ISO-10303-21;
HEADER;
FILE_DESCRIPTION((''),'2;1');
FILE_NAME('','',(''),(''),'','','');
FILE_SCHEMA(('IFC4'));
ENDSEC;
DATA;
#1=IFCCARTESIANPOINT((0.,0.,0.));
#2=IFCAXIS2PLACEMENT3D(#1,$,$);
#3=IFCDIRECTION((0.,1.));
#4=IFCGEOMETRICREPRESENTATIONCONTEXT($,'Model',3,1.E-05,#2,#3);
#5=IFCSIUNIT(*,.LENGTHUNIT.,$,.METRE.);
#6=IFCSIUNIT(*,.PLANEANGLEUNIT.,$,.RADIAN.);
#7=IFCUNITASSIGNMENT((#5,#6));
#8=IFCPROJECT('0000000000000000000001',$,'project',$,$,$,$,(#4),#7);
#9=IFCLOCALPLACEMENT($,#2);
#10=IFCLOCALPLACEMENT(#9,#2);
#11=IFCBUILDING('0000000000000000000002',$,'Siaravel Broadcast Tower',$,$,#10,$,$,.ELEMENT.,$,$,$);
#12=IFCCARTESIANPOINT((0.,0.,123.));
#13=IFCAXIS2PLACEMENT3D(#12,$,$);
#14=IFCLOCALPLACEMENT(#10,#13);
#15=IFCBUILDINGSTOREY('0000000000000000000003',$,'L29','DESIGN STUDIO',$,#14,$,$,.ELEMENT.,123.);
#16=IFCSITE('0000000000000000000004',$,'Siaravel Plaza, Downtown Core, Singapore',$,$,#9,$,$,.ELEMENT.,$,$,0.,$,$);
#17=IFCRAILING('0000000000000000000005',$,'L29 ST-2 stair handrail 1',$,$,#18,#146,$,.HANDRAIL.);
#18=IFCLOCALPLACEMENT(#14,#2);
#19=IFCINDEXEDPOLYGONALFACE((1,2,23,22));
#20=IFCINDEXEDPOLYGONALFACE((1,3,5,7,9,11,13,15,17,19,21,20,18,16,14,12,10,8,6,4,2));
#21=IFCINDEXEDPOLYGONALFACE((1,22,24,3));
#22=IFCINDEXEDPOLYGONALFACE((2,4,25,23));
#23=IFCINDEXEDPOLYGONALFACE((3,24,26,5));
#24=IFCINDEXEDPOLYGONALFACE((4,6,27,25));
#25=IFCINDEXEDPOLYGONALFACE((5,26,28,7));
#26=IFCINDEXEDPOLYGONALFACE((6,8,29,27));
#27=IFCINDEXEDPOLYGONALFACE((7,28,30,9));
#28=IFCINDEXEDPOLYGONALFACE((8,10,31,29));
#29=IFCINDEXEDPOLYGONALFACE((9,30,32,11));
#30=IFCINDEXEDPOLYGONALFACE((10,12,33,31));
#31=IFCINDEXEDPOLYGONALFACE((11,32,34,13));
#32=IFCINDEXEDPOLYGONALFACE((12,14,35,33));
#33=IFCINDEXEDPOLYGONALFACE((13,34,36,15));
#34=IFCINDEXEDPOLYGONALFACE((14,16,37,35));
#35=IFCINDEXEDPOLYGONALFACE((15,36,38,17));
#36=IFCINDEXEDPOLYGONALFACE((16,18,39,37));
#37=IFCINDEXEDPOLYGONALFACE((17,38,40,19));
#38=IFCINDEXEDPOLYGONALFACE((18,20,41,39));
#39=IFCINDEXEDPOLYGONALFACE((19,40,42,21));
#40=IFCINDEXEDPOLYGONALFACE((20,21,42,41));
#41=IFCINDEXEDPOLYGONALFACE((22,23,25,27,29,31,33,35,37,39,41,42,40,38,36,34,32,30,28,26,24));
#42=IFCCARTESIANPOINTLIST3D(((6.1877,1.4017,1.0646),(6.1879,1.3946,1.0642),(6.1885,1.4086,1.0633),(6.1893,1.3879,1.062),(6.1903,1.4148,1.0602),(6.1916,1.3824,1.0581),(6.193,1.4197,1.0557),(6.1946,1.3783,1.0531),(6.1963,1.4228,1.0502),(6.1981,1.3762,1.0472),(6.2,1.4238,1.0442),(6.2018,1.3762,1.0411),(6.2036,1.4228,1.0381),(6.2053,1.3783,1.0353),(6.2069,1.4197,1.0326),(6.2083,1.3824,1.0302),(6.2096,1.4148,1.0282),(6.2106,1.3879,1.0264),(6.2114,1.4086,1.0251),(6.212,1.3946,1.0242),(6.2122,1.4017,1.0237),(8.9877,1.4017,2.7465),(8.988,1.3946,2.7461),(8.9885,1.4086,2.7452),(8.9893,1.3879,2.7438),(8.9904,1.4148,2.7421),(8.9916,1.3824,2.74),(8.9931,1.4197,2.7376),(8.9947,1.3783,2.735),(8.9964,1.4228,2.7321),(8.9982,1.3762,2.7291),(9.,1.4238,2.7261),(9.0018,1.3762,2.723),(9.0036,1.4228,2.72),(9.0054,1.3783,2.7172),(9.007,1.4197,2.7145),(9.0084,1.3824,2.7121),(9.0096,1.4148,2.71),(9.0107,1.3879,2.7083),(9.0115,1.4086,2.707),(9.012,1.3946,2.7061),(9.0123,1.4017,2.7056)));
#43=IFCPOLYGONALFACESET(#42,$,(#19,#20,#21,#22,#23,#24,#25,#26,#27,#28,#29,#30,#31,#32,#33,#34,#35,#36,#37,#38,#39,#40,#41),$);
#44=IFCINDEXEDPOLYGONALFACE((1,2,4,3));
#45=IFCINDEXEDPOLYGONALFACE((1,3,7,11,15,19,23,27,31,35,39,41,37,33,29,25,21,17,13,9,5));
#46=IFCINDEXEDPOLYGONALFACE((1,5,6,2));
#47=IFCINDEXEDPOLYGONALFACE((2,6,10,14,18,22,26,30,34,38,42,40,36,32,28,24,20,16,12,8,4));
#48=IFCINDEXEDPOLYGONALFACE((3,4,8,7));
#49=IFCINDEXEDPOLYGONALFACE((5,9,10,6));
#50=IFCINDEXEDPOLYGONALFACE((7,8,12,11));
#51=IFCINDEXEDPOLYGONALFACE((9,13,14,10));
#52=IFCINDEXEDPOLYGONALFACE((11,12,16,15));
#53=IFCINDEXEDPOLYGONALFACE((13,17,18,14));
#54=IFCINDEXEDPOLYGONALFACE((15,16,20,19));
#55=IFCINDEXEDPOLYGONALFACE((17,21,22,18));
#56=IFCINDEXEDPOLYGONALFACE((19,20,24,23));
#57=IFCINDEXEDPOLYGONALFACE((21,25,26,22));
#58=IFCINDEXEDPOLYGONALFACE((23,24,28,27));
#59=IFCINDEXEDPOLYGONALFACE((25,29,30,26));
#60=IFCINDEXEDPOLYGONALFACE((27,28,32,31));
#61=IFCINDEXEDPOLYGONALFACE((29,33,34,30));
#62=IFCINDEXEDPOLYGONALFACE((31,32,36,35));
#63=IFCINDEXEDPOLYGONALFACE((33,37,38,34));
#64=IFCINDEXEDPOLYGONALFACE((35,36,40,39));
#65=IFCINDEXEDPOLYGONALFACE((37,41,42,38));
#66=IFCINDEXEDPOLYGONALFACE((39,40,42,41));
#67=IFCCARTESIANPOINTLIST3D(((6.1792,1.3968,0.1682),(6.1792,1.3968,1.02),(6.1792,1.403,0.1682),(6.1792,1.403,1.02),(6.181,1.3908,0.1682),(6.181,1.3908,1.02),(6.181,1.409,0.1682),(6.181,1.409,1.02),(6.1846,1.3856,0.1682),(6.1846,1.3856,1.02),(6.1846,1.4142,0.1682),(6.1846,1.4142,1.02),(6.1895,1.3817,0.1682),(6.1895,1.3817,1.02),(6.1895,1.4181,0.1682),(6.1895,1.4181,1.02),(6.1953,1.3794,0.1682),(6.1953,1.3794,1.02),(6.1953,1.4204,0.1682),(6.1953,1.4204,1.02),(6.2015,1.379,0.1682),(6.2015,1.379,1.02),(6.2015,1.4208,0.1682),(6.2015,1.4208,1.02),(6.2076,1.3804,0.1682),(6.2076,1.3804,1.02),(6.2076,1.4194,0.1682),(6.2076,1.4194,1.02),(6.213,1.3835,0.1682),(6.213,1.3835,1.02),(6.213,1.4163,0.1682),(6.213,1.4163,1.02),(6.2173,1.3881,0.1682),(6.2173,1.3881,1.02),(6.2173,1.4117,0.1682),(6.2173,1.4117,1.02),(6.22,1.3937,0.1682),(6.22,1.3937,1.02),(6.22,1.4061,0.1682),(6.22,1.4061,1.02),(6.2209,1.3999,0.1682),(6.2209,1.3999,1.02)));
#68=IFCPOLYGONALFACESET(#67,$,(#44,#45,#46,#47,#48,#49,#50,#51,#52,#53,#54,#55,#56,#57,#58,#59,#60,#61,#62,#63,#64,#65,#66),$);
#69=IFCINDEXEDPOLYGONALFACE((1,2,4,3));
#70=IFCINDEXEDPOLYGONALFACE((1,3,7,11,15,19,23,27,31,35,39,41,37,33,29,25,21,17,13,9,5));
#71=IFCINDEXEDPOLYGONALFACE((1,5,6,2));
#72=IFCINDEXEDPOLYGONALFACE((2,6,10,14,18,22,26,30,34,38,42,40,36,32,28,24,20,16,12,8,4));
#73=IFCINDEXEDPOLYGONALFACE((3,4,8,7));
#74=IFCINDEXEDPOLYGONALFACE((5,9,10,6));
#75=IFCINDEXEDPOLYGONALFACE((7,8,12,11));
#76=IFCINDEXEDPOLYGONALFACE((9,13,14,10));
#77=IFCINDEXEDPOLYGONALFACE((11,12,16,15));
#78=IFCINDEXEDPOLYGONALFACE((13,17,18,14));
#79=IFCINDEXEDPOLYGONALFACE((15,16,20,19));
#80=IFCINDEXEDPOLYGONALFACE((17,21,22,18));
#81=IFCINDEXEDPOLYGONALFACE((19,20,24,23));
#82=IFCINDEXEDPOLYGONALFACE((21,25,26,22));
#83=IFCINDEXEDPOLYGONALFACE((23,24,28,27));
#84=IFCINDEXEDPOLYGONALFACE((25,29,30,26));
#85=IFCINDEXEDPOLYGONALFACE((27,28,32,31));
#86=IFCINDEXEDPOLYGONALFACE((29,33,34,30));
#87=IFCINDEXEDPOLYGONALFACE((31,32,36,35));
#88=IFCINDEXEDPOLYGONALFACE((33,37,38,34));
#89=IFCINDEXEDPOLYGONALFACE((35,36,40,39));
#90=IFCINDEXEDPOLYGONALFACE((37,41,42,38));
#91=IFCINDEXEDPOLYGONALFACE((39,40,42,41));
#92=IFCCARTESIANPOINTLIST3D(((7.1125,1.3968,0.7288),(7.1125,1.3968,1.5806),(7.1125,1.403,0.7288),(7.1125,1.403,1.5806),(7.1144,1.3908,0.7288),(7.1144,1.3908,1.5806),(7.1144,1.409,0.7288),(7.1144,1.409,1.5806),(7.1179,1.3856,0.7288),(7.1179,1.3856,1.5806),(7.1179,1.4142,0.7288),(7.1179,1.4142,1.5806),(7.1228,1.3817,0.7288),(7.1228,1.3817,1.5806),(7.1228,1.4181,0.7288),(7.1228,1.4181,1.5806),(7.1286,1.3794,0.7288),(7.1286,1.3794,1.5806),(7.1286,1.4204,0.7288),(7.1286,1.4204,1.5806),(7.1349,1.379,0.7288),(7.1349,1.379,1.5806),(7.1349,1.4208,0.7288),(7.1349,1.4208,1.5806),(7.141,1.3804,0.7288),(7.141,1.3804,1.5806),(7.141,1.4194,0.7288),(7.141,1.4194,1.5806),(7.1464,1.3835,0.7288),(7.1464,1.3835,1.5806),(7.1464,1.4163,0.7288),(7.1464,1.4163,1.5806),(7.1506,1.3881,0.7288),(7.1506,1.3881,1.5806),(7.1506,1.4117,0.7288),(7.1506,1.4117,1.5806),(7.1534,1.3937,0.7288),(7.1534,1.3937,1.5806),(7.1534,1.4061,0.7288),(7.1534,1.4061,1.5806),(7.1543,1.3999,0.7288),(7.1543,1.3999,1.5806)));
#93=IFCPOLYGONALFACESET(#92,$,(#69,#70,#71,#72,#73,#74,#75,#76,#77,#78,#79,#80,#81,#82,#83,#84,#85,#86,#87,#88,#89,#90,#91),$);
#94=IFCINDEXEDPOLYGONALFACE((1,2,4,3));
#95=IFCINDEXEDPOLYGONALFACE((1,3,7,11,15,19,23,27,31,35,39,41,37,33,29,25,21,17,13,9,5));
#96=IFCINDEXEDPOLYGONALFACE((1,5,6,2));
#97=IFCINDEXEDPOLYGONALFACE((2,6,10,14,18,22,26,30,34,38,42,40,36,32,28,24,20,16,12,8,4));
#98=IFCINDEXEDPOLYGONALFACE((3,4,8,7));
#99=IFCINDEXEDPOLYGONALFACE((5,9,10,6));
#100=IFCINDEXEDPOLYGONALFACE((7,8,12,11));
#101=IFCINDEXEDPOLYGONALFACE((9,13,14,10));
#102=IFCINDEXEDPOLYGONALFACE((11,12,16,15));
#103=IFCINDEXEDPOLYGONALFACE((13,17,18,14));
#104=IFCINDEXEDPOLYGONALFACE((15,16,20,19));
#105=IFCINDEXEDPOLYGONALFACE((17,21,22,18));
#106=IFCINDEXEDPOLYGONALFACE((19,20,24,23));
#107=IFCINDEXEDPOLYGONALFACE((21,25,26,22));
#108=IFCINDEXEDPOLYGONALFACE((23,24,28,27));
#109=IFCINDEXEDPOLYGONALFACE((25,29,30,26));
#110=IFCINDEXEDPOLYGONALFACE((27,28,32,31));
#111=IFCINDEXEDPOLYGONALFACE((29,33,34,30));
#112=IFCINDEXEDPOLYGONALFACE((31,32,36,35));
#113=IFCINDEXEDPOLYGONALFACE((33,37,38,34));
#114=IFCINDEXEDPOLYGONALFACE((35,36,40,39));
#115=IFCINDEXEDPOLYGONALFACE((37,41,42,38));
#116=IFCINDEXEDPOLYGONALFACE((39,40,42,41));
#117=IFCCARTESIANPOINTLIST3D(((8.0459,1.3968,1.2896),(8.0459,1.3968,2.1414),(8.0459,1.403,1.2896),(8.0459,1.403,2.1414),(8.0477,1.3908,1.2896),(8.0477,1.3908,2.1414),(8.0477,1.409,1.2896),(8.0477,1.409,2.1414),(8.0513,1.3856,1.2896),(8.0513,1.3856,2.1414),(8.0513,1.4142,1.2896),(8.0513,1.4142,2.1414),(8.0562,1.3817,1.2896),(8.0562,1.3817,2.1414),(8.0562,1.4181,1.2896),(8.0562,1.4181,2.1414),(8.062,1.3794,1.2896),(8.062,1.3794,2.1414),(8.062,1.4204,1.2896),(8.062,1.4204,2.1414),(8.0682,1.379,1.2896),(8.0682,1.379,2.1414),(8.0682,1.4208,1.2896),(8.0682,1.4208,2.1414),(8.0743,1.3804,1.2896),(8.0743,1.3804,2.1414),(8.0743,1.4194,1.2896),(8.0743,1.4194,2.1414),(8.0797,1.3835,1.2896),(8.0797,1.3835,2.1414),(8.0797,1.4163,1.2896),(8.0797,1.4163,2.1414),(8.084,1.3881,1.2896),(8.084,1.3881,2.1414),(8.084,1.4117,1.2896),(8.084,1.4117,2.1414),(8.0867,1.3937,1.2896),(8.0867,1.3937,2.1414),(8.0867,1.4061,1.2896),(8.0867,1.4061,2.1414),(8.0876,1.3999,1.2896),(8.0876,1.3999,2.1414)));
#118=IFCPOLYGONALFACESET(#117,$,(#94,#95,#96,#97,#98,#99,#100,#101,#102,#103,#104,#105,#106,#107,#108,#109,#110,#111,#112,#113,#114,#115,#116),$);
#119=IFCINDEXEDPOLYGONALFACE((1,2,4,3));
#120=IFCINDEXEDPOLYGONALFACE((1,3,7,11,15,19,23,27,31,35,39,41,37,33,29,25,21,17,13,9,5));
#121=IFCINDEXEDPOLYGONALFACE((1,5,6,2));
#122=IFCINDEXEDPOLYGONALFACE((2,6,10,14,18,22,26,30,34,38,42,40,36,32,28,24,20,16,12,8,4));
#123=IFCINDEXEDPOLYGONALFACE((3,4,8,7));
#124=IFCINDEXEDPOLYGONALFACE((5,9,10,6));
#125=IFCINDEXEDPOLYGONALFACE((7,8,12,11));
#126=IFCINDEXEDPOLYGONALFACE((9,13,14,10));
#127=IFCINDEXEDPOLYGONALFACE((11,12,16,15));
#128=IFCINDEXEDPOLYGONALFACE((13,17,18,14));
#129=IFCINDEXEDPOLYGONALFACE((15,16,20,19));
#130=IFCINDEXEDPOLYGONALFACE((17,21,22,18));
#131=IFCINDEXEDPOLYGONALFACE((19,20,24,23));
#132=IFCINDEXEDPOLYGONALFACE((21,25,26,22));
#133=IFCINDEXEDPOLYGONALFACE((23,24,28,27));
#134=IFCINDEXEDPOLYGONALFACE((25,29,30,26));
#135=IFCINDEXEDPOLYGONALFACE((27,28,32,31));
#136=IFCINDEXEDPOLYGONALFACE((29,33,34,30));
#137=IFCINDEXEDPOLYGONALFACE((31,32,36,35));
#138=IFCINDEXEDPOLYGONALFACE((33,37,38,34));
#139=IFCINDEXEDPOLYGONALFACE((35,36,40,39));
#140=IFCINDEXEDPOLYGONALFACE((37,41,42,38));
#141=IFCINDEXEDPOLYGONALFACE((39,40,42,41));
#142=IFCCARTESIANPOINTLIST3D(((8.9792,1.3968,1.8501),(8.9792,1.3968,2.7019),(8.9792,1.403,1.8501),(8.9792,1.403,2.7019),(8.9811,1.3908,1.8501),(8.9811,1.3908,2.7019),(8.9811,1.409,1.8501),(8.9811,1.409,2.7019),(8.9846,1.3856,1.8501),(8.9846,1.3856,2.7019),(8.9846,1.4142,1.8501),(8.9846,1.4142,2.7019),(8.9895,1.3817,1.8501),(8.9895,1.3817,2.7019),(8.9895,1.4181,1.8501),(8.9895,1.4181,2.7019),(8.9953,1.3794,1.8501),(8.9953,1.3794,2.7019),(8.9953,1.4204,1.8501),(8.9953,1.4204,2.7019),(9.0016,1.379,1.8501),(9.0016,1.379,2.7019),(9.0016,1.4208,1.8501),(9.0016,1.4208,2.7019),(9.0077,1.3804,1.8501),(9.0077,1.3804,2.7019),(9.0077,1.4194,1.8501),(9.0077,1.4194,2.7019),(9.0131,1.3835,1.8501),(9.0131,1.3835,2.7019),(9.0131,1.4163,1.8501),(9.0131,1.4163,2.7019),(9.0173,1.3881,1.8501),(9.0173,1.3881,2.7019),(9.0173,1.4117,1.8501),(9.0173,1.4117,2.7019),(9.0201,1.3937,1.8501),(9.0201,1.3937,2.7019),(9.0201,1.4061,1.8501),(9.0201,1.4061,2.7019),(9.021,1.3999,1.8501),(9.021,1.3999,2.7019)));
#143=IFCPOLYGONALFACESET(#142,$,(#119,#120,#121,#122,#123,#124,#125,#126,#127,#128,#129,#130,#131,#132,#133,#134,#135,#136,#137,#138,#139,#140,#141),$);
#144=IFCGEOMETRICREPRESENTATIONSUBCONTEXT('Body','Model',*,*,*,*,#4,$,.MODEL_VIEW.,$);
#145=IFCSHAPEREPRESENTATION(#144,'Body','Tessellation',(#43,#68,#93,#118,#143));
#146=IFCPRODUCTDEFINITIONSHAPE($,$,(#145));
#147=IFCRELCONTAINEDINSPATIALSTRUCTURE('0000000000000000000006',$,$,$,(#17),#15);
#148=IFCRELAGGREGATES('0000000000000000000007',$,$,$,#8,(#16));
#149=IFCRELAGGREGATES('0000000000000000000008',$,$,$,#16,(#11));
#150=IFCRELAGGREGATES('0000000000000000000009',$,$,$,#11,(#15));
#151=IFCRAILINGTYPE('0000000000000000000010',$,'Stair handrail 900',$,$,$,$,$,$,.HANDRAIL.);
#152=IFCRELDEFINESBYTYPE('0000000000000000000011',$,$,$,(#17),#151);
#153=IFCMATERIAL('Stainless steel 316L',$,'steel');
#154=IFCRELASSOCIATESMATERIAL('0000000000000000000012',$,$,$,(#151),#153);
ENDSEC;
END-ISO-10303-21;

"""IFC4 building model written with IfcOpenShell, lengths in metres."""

from ifc_helpers import new_model, si_unit, direction, frame, origin, origin_2d, place, context, subcontext, project, spatial, circle, extrude, material, type_object, element, save


model = new_model("IFC4")

# Units and contexts
model_context = context("Model", 3, precision=1e-05, world=origin(), true_north=direction((0.0, 1.0)))
body_context = subcontext(model_context, "Body", "Model", "MODEL_VIEW")
ifc_project = project(units=[si_unit("LENGTHUNIT", "METRE"), si_unit("PLANEANGLEUNIT", "RADIAN")], contexts=[model_context])

# Site, building, storey
site_placement = place(None, origin())
site = spatial("IfcSite", under=ifc_project, at=site_placement, Name="Siaravel Plaza, Downtown Core, Singapore", CompositionType="ELEMENT", RefElevation=0.0)
building_placement = place(site_placement, origin())
building = spatial("IfcBuilding", under=site, at=building_placement, Name="Siaravel Broadcast Tower", CompositionType="ELEMENT")
storey_placement = place(building_placement, frame((0.0, 0.0, 123.0)))
storey = spatial("IfcBuildingStorey", under=building, at=storey_placement, Name="L29", Description="DESIGN STUDIO", CompositionType="ELEMENT", Elevation=123.0)

# Railing
ifc_material_1 = material(Name="Stainless steel 316L", Category="steel")
railing_type_1 = type_object("IfcRailingType", Name="Stair handrail 900", PredefinedType="HANDRAIL", material=ifc_material_1)
railing_1_placement = place(storey_placement, frame((6.2, 1.3999, 0.1682)))
element("IfcRailing", 1, at=railing_1_placement, inside=storey, type_object=railing_type_1, Name="L29 ST-2 stair handrail 1", PredefinedType="HANDRAIL", context=body_context, shape_type="SweptSolid", body=[
    extrude(circle(Radius=0.0239, at=origin_2d()), frame((0.0, 0.0, 0.876), z_axis=(0.857242, 0.0, 0.514913), x_axis=(0.0, 1.0, 0.0)), (0.0, 0.0, 1.0), 3.2664),
    extrude(circle(Radius=0.021, at=origin_2d()), origin(), (0.0, 0.0, 1.0), 0.8518),
    extrude(circle(Radius=0.021, at=origin_2d()), frame((0.9333, 0.0, 0.5605)), (0.0, 0.0, 1.0), 0.8518),
    extrude(circle(Radius=0.021, at=origin_2d()), frame((1.8667, 0.0, 1.1213)), (0.0, 0.0, 1.0), 0.8518),
    extrude(circle(Radius=0.021, at=origin_2d()), frame((2.8, 0.0, 1.6819)), (0.0, 0.0, 1.0), 0.8518),
])

save(model, "model.ifc")
